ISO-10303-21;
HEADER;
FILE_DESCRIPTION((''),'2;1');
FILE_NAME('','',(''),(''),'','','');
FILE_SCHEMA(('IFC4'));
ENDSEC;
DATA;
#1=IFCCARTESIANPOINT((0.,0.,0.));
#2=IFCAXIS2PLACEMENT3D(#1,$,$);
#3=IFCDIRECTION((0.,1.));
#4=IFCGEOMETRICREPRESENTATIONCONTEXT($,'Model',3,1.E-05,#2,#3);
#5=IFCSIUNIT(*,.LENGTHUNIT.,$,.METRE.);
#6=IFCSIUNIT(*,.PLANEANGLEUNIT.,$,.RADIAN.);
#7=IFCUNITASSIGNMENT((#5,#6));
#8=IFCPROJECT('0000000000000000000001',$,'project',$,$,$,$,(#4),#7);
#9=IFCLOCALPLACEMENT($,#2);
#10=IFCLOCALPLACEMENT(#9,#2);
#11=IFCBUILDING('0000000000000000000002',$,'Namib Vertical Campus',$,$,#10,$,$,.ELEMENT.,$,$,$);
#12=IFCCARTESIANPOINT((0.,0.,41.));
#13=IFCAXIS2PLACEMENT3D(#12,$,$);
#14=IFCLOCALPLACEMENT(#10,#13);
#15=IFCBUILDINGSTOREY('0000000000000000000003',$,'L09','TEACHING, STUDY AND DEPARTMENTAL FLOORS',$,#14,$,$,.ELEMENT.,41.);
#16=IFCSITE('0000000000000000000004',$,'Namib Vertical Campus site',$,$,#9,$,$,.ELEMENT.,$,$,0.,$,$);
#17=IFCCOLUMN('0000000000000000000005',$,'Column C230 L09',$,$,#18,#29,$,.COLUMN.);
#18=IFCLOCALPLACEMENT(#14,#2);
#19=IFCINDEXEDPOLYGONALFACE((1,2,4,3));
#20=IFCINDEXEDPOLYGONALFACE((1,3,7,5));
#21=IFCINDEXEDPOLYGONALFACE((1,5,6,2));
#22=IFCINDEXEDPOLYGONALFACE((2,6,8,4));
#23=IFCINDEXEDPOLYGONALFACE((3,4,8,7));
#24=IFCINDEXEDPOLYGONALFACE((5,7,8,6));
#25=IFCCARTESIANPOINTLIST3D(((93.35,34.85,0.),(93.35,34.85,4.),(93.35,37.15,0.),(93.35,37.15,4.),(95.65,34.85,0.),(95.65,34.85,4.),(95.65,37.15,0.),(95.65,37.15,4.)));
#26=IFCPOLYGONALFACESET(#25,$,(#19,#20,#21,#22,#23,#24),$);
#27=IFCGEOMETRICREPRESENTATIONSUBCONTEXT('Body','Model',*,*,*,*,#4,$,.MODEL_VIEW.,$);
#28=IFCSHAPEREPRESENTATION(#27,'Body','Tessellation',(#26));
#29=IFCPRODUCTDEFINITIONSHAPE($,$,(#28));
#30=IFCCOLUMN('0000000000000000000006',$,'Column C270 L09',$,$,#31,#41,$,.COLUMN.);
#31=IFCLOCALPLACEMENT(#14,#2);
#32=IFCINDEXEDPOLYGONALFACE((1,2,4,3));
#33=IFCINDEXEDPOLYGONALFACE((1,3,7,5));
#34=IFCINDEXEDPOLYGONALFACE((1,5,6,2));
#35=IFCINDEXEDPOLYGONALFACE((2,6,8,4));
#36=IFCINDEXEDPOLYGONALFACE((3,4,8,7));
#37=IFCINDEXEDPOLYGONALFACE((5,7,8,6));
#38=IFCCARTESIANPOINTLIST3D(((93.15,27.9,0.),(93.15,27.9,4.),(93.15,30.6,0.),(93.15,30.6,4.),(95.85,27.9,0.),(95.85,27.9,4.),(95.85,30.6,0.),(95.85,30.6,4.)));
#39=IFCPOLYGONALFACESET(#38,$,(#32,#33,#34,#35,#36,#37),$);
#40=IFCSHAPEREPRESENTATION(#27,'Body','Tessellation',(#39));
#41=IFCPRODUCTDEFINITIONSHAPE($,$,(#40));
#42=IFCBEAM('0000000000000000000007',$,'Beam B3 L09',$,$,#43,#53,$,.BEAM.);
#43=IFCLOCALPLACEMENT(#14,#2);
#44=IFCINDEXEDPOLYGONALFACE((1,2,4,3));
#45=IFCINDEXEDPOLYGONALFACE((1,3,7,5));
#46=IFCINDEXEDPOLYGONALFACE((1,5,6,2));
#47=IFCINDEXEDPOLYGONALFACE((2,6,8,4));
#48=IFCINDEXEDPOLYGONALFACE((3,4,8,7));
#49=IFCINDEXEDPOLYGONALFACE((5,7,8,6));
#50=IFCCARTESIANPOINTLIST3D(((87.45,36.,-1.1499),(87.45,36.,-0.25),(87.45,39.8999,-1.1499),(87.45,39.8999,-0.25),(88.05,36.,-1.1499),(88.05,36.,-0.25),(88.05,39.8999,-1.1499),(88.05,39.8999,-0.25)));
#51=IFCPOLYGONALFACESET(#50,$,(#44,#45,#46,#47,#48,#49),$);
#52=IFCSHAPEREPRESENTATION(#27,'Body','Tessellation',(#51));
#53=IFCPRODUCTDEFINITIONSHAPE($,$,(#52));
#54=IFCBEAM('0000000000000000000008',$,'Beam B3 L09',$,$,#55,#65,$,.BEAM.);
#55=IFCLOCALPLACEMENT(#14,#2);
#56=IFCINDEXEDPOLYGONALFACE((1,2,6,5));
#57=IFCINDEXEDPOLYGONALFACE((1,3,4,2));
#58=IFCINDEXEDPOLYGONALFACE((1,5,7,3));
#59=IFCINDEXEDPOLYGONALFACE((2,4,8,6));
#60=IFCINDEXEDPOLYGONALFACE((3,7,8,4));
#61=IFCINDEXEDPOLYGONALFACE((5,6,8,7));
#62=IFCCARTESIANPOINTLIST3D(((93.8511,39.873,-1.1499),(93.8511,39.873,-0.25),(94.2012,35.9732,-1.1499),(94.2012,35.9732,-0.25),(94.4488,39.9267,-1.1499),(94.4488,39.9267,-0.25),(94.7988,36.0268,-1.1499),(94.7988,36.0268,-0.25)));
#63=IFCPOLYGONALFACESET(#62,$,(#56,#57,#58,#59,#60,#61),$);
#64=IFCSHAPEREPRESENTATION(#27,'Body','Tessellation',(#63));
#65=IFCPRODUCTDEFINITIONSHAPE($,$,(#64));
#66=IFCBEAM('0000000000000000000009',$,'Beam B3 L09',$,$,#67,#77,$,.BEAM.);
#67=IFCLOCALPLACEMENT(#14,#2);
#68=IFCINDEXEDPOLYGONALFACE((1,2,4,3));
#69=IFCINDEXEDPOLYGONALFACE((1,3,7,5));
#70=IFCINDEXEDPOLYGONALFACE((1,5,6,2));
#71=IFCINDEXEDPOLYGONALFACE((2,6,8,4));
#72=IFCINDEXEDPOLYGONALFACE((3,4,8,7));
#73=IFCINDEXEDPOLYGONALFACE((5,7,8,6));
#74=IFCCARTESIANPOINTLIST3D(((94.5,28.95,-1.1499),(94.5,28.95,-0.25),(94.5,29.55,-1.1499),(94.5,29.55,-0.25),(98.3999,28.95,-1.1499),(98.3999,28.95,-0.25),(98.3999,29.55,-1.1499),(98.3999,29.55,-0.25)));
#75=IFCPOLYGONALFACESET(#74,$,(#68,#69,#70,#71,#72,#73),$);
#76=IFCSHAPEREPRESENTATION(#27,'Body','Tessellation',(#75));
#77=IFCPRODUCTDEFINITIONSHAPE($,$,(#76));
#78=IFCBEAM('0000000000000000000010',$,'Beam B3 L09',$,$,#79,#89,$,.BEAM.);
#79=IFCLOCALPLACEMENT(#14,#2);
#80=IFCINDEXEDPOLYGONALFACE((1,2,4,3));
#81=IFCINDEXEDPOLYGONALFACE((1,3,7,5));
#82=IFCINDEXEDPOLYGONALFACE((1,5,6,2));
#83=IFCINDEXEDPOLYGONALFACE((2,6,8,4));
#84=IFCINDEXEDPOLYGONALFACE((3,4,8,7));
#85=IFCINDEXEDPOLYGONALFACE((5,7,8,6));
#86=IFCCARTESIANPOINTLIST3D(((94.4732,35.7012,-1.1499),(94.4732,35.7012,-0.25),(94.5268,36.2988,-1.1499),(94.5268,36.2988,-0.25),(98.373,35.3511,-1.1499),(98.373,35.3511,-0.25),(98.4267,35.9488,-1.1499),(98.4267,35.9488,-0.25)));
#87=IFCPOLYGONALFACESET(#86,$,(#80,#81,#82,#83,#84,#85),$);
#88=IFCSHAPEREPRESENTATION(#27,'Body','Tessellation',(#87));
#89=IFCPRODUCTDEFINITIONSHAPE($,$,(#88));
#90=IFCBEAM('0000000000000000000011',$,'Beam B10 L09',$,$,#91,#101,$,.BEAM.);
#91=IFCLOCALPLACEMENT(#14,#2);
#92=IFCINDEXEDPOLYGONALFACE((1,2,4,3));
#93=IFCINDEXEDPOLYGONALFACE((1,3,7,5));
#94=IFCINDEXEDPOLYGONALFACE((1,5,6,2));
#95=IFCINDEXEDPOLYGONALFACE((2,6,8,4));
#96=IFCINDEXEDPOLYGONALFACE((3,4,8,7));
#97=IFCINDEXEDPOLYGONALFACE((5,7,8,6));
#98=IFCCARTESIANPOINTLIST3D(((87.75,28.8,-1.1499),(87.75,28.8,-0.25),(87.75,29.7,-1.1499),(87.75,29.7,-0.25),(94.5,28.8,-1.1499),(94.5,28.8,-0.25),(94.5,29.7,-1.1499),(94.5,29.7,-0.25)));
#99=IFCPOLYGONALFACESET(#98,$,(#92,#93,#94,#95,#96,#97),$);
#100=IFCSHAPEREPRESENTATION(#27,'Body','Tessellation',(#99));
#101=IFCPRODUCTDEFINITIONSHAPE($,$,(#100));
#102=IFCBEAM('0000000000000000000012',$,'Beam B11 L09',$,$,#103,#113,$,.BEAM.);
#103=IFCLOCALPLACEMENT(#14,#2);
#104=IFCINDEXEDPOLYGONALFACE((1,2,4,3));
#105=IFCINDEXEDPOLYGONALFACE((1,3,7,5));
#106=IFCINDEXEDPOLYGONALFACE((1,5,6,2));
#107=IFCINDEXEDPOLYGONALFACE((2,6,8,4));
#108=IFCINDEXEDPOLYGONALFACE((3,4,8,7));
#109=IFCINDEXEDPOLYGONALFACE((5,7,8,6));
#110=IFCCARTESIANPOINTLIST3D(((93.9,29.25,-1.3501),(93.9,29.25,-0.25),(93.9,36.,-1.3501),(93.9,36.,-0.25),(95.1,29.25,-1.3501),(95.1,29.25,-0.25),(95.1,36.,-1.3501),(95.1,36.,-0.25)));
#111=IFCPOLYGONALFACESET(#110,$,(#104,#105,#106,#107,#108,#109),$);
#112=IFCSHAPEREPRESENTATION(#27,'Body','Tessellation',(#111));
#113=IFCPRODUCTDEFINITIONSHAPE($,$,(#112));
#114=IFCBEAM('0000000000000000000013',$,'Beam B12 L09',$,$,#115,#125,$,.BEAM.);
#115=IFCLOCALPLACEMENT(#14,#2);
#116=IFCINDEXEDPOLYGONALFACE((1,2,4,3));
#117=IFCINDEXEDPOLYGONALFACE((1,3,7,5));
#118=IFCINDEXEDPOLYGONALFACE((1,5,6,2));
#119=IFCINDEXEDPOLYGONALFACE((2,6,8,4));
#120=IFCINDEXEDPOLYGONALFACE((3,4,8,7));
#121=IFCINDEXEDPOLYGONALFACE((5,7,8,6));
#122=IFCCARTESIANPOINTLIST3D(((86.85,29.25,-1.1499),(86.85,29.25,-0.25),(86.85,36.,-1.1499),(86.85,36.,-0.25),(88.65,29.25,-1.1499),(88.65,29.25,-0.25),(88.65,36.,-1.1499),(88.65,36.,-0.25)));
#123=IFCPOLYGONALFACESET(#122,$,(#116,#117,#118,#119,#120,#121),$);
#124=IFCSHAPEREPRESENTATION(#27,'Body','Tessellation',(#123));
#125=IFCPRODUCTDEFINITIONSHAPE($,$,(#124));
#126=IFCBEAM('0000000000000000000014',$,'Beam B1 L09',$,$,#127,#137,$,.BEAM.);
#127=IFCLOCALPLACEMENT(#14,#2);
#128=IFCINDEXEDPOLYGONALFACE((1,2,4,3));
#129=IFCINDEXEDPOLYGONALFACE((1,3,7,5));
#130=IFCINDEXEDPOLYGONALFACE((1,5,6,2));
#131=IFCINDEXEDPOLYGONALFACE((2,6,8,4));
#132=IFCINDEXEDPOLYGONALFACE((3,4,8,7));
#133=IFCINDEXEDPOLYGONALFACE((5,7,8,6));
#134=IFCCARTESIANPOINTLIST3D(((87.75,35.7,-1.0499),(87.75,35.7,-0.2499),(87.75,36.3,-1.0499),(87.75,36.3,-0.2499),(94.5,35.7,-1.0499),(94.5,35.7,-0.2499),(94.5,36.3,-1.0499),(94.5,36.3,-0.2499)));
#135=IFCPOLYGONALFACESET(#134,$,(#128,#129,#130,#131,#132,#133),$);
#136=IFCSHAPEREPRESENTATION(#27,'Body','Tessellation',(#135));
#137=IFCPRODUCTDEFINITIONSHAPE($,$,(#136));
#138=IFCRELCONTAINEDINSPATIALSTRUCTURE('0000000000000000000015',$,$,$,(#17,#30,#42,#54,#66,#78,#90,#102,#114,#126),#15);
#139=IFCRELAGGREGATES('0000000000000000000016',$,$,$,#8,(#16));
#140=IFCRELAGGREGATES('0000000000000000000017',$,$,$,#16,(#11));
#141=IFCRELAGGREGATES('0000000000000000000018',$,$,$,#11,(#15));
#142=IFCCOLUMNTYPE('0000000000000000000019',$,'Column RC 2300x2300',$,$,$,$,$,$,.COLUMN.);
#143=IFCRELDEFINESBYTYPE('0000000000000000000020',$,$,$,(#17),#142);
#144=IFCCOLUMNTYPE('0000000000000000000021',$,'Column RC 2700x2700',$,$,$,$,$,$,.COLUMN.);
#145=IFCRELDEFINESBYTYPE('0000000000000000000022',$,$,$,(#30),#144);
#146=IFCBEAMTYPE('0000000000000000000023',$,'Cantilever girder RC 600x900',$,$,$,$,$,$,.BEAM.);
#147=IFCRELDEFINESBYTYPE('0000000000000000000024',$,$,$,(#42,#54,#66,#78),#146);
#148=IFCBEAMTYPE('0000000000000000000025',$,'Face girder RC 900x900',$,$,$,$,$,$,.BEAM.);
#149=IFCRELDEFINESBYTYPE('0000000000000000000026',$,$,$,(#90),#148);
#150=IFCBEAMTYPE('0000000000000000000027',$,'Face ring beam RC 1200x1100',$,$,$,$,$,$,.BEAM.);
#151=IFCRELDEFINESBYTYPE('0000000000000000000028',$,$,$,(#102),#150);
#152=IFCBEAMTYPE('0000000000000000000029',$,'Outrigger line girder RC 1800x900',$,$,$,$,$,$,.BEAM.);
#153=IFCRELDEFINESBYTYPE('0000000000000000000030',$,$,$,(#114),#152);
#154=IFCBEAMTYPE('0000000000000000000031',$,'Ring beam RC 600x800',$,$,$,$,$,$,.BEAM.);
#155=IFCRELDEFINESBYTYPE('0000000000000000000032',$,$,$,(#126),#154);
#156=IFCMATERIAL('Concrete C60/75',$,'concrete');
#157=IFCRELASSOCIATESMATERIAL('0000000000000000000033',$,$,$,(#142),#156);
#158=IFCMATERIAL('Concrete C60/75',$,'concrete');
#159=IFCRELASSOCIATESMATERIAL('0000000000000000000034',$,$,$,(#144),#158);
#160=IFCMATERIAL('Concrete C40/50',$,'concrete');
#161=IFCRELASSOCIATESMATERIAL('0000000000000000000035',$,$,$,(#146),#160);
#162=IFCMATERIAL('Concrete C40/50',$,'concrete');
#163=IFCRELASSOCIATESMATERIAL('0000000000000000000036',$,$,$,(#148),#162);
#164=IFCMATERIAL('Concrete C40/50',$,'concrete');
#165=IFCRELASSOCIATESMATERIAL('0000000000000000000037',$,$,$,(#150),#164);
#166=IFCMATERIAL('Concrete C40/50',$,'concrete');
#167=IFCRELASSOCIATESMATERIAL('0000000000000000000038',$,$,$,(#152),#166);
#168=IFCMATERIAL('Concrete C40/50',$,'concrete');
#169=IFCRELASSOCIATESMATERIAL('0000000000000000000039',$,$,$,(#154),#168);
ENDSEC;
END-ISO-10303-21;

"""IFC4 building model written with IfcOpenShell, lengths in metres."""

from ifc_helpers import new_model, si_unit, direction, frame, origin, origin_2d, place, context, subcontext, project, spatial, rectangle, extrude, material, material_profile, profile_set, type_object, element, save


model = new_model("IFC4")

# Units and contexts
model_context = context("Model", 3, precision=1e-05, world=origin(), true_north=direction((0.0, 1.0)))
body_context = subcontext(model_context, "Body", "Model", "MODEL_VIEW")
ifc_project = project(units=[si_unit("LENGTHUNIT", "METRE"), si_unit("PLANEANGLEUNIT", "RADIAN")], contexts=[model_context])

# Site, building, storey
site_placement = place(None, origin())
site = spatial("IfcSite", under=ifc_project, at=site_placement, Name="Namib Vertical Campus site", CompositionType="ELEMENT", RefElevation=0.0)
building_placement = place(site_placement, origin())
building = spatial("IfcBuilding", under=site, at=building_placement, Name="Namib Vertical Campus", CompositionType="ELEMENT")
storey_placement = place(building_placement, frame((0.0, 0.0, 41.0)))
storey = spatial("IfcBuildingStorey", under=building, at=storey_placement, Name="L09", Description="TEACHING, STUDY AND DEPARTMENTAL FLOORS", CompositionType="ELEMENT", Elevation=41.0)

# Columns
ifc_material_1 = material(Name="Concrete C60/75", Category="concrete")
ifc_material_profile_1 = material_profile(ifc_material_1, rectangle(XDim=2.3, YDim=2.3, at=origin_2d()))
ifc_profile_set_1 = profile_set([ifc_material_profile_1], Name="Concrete C60/75")
column_type_1 = type_object("IfcColumnType", Name="Column RC 2300x2300", PredefinedType="COLUMN", material=ifc_profile_set_1)
column_1_placement = place(storey_placement, frame((94.5, 36.0, 0.0), z_axis=(0.0, 0.0, 1.0), x_axis=(1.0, 0.0, 0.0)))
element("IfcColumn", 1, at=column_1_placement, inside=storey, type_object=column_type_1, Name="Column C230 L09", PredefinedType="COLUMN", context=body_context, shape_type="SweptSolid", body=[
    extrude(rectangle(XDim=2.3, YDim=2.3, at=origin_2d()), origin(), (0.0, 0.0, 1.0), 4.0),
])
ifc_material_2 = material(Name="Concrete C60/75", Category="concrete")
ifc_material_profile_2 = material_profile(ifc_material_2, rectangle(XDim=2.7, YDim=2.7, at=origin_2d()))
ifc_profile_set_2 = profile_set([ifc_material_profile_2], Name="Concrete C60/75")
column_type_2 = type_object("IfcColumnType", Name="Column RC 2700x2700", PredefinedType="COLUMN", material=ifc_profile_set_2)
column_2_placement = place(storey_placement, frame((94.5, 29.25, 0.0), z_axis=(0.0, 0.0, 1.0), x_axis=(1.0, 0.0, 0.0)))
element("IfcColumn", 2, at=column_2_placement, inside=storey, type_object=column_type_2, Name="Column C270 L09", PredefinedType="COLUMN", context=body_context, shape_type="SweptSolid", body=[
    extrude(rectangle(XDim=2.7, YDim=2.7, at=origin_2d()), origin(), (0.0, 0.0, 1.0), 4.0),
])

# Beams
ifc_material_3 = material(Name="Concrete C40/50", Category="concrete")
ifc_material_profile_3 = material_profile(ifc_material_3, rectangle(XDim=0.6001, YDim=0.8999, at=origin_2d()))
ifc_profile_set_3 = profile_set([ifc_material_profile_3], Name="Concrete C40/50")
beam_type_1 = type_object("IfcBeamType", Name="Cantilever girder RC 600x900", PredefinedType="BEAM", material=ifc_profile_set_3)
beam_1_placement = place(storey_placement, frame((87.75, 36.0, -0.7), z_axis=(0.0, 1.0, 0.0), x_axis=(-1.0, 0.0, 0.0)))
element("IfcBeam", 3, at=beam_1_placement, inside=storey, type_object=beam_type_1, Name="Beam B3 L09", PredefinedType="BEAM", context=body_context, shape_type="SweptSolid", body=[
    extrude(rectangle(XDim=0.6001, YDim=0.8999, at=origin_2d()), origin(), (0.0, 0.0, 1.0), 3.8999),
])
beam_2_placement = place(storey_placement, frame((94.5, 36.0, -0.7), z_axis=(-0.089411, 0.995995, 0.0), x_axis=(-0.995995, -0.089411, 0.0)))
element("IfcBeam", 4, at=beam_2_placement, inside=storey, type_object=beam_type_1, Name="Beam B3 L09", PredefinedType="BEAM", context=body_context, shape_type="SweptSolid", body=[
    extrude(rectangle(XDim=0.6001, YDim=0.8999, at=origin_2d()), origin(), (0.0, 0.0, 1.0), 3.9155),
])
beam_3_placement = place(storey_placement, frame((94.5, 29.25, -0.7), z_axis=(1.0, 0.0, 0.0), x_axis=(0.0, 1.0, 0.0)))
element("IfcBeam", 5, at=beam_3_placement, inside=storey, type_object=beam_type_1, Name="Beam B3 L09", PredefinedType="BEAM", context=body_context, shape_type="SweptSolid", body=[
    extrude(rectangle(XDim=0.6001, YDim=0.8999, at=origin_2d()), origin(), (0.0, 0.0, 1.0), 3.8999),
])
beam_4_placement = place(storey_placement, frame((94.5, 36.0, -0.7), z_axis=(0.995995, -0.089411, 0.0), x_axis=(0.089411, 0.995995, 0.0)))
element("IfcBeam", 6, at=beam_4_placement, inside=storey, type_object=beam_type_1, Name="Beam B3 L09", PredefinedType="BEAM", context=body_context, shape_type="SweptSolid", body=[
    extrude(rectangle(XDim=0.6001, YDim=0.8999, at=origin_2d()), origin(), (0.0, 0.0, 1.0), 3.9155),
])
ifc_material_4 = material(Name="Concrete C40/50", Category="concrete")
ifc_material_profile_4 = material_profile(ifc_material_4, rectangle(XDim=0.8999, YDim=0.8999, at=origin_2d()))
ifc_profile_set_4 = profile_set([ifc_material_profile_4], Name="Concrete C40/50")
beam_type_2 = type_object("IfcBeamType", Name="Face girder RC 900x900", PredefinedType="BEAM", material=ifc_profile_set_4)
beam_5_placement = place(storey_placement, frame((94.5, 29.25, -0.7), z_axis=(-1.0, 0.0, 0.0), x_axis=(0.0, -1.0, 0.0)))
element("IfcBeam", 7, at=beam_5_placement, inside=storey, type_object=beam_type_2, Name="Beam B10 L09", PredefinedType="BEAM", context=body_context, shape_type="SweptSolid", body=[
    extrude(rectangle(XDim=0.8999, YDim=0.8999, at=origin_2d()), origin(), (0.0, 0.0, 1.0), 6.75),
])
ifc_material_5 = material(Name="Concrete C40/50", Category="concrete")
ifc_material_profile_5 = material_profile(ifc_material_5, rectangle(XDim=1.2, YDim=1.1001, at=origin_2d()))
ifc_profile_set_5 = profile_set([ifc_material_profile_5], Name="Concrete C40/50")
beam_type_3 = type_object("IfcBeamType", Name="Face ring beam RC 1200x1100", PredefinedType="BEAM", material=ifc_profile_set_5)
beam_6_placement = place(storey_placement, frame((94.5, 29.25, -0.8), z_axis=(0.0, 1.0, 0.0), x_axis=(-1.0, 0.0, 0.0)))
element("IfcBeam", 8, at=beam_6_placement, inside=storey, type_object=beam_type_3, Name="Beam B11 L09", PredefinedType="BEAM", context=body_context, shape_type="SweptSolid", body=[
    extrude(rectangle(XDim=1.2, YDim=1.1001, at=origin_2d()), origin(), (0.0, 0.0, 1.0), 6.75),
])
ifc_material_6 = material(Name="Concrete C40/50", Category="concrete")
ifc_material_profile_6 = material_profile(ifc_material_6, rectangle(XDim=1.8, YDim=0.8999, at=origin_2d()))
ifc_profile_set_6 = profile_set([ifc_material_profile_6], Name="Concrete C40/50")
beam_type_4 = type_object("IfcBeamType", Name="Outrigger line girder RC 1800x900", PredefinedType="BEAM", material=ifc_profile_set_6)
beam_7_placement = place(storey_placement, frame((87.75, 36.0, -0.7), z_axis=(0.0, -1.0, 0.0), x_axis=(1.0, 0.0, 0.0)))
element("IfcBeam", 9, at=beam_7_placement, inside=storey, type_object=beam_type_4, Name="Beam B12 L09", PredefinedType="BEAM", context=body_context, shape_type="SweptSolid", body=[
    extrude(rectangle(XDim=1.8, YDim=0.8999, at=origin_2d()), origin(), (0.0, 0.0, 1.0), 6.75),
])
ifc_material_7 = material(Name="Concrete C40/50", Category="concrete")
ifc_material_profile_7 = material_profile(ifc_material_7, rectangle(XDim=0.6001, YDim=0.8, at=origin_2d()))
ifc_profile_set_7 = profile_set([ifc_material_profile_7], Name="Concrete C40/50")
beam_type_5 = type_object("IfcBeamType", Name="Ring beam RC 600x800", PredefinedType="BEAM", material=ifc_profile_set_7)
beam_8_placement = place(storey_placement, frame((87.75, 36.0, -0.6499), z_axis=(1.0, 0.0, 0.0), x_axis=(0.0, 1.0, 0.0)))
element("IfcBeam", 10, at=beam_8_placement, inside=storey, type_object=beam_type_5, Name="Beam B1 L09", PredefinedType="BEAM", context=body_context, shape_type="SweptSolid", body=[
    extrude(rectangle(XDim=0.6001, YDim=0.8, at=origin_2d()), origin(), (0.0, 0.0, 1.0), 6.75),
])

save(model, "model.ifc")
